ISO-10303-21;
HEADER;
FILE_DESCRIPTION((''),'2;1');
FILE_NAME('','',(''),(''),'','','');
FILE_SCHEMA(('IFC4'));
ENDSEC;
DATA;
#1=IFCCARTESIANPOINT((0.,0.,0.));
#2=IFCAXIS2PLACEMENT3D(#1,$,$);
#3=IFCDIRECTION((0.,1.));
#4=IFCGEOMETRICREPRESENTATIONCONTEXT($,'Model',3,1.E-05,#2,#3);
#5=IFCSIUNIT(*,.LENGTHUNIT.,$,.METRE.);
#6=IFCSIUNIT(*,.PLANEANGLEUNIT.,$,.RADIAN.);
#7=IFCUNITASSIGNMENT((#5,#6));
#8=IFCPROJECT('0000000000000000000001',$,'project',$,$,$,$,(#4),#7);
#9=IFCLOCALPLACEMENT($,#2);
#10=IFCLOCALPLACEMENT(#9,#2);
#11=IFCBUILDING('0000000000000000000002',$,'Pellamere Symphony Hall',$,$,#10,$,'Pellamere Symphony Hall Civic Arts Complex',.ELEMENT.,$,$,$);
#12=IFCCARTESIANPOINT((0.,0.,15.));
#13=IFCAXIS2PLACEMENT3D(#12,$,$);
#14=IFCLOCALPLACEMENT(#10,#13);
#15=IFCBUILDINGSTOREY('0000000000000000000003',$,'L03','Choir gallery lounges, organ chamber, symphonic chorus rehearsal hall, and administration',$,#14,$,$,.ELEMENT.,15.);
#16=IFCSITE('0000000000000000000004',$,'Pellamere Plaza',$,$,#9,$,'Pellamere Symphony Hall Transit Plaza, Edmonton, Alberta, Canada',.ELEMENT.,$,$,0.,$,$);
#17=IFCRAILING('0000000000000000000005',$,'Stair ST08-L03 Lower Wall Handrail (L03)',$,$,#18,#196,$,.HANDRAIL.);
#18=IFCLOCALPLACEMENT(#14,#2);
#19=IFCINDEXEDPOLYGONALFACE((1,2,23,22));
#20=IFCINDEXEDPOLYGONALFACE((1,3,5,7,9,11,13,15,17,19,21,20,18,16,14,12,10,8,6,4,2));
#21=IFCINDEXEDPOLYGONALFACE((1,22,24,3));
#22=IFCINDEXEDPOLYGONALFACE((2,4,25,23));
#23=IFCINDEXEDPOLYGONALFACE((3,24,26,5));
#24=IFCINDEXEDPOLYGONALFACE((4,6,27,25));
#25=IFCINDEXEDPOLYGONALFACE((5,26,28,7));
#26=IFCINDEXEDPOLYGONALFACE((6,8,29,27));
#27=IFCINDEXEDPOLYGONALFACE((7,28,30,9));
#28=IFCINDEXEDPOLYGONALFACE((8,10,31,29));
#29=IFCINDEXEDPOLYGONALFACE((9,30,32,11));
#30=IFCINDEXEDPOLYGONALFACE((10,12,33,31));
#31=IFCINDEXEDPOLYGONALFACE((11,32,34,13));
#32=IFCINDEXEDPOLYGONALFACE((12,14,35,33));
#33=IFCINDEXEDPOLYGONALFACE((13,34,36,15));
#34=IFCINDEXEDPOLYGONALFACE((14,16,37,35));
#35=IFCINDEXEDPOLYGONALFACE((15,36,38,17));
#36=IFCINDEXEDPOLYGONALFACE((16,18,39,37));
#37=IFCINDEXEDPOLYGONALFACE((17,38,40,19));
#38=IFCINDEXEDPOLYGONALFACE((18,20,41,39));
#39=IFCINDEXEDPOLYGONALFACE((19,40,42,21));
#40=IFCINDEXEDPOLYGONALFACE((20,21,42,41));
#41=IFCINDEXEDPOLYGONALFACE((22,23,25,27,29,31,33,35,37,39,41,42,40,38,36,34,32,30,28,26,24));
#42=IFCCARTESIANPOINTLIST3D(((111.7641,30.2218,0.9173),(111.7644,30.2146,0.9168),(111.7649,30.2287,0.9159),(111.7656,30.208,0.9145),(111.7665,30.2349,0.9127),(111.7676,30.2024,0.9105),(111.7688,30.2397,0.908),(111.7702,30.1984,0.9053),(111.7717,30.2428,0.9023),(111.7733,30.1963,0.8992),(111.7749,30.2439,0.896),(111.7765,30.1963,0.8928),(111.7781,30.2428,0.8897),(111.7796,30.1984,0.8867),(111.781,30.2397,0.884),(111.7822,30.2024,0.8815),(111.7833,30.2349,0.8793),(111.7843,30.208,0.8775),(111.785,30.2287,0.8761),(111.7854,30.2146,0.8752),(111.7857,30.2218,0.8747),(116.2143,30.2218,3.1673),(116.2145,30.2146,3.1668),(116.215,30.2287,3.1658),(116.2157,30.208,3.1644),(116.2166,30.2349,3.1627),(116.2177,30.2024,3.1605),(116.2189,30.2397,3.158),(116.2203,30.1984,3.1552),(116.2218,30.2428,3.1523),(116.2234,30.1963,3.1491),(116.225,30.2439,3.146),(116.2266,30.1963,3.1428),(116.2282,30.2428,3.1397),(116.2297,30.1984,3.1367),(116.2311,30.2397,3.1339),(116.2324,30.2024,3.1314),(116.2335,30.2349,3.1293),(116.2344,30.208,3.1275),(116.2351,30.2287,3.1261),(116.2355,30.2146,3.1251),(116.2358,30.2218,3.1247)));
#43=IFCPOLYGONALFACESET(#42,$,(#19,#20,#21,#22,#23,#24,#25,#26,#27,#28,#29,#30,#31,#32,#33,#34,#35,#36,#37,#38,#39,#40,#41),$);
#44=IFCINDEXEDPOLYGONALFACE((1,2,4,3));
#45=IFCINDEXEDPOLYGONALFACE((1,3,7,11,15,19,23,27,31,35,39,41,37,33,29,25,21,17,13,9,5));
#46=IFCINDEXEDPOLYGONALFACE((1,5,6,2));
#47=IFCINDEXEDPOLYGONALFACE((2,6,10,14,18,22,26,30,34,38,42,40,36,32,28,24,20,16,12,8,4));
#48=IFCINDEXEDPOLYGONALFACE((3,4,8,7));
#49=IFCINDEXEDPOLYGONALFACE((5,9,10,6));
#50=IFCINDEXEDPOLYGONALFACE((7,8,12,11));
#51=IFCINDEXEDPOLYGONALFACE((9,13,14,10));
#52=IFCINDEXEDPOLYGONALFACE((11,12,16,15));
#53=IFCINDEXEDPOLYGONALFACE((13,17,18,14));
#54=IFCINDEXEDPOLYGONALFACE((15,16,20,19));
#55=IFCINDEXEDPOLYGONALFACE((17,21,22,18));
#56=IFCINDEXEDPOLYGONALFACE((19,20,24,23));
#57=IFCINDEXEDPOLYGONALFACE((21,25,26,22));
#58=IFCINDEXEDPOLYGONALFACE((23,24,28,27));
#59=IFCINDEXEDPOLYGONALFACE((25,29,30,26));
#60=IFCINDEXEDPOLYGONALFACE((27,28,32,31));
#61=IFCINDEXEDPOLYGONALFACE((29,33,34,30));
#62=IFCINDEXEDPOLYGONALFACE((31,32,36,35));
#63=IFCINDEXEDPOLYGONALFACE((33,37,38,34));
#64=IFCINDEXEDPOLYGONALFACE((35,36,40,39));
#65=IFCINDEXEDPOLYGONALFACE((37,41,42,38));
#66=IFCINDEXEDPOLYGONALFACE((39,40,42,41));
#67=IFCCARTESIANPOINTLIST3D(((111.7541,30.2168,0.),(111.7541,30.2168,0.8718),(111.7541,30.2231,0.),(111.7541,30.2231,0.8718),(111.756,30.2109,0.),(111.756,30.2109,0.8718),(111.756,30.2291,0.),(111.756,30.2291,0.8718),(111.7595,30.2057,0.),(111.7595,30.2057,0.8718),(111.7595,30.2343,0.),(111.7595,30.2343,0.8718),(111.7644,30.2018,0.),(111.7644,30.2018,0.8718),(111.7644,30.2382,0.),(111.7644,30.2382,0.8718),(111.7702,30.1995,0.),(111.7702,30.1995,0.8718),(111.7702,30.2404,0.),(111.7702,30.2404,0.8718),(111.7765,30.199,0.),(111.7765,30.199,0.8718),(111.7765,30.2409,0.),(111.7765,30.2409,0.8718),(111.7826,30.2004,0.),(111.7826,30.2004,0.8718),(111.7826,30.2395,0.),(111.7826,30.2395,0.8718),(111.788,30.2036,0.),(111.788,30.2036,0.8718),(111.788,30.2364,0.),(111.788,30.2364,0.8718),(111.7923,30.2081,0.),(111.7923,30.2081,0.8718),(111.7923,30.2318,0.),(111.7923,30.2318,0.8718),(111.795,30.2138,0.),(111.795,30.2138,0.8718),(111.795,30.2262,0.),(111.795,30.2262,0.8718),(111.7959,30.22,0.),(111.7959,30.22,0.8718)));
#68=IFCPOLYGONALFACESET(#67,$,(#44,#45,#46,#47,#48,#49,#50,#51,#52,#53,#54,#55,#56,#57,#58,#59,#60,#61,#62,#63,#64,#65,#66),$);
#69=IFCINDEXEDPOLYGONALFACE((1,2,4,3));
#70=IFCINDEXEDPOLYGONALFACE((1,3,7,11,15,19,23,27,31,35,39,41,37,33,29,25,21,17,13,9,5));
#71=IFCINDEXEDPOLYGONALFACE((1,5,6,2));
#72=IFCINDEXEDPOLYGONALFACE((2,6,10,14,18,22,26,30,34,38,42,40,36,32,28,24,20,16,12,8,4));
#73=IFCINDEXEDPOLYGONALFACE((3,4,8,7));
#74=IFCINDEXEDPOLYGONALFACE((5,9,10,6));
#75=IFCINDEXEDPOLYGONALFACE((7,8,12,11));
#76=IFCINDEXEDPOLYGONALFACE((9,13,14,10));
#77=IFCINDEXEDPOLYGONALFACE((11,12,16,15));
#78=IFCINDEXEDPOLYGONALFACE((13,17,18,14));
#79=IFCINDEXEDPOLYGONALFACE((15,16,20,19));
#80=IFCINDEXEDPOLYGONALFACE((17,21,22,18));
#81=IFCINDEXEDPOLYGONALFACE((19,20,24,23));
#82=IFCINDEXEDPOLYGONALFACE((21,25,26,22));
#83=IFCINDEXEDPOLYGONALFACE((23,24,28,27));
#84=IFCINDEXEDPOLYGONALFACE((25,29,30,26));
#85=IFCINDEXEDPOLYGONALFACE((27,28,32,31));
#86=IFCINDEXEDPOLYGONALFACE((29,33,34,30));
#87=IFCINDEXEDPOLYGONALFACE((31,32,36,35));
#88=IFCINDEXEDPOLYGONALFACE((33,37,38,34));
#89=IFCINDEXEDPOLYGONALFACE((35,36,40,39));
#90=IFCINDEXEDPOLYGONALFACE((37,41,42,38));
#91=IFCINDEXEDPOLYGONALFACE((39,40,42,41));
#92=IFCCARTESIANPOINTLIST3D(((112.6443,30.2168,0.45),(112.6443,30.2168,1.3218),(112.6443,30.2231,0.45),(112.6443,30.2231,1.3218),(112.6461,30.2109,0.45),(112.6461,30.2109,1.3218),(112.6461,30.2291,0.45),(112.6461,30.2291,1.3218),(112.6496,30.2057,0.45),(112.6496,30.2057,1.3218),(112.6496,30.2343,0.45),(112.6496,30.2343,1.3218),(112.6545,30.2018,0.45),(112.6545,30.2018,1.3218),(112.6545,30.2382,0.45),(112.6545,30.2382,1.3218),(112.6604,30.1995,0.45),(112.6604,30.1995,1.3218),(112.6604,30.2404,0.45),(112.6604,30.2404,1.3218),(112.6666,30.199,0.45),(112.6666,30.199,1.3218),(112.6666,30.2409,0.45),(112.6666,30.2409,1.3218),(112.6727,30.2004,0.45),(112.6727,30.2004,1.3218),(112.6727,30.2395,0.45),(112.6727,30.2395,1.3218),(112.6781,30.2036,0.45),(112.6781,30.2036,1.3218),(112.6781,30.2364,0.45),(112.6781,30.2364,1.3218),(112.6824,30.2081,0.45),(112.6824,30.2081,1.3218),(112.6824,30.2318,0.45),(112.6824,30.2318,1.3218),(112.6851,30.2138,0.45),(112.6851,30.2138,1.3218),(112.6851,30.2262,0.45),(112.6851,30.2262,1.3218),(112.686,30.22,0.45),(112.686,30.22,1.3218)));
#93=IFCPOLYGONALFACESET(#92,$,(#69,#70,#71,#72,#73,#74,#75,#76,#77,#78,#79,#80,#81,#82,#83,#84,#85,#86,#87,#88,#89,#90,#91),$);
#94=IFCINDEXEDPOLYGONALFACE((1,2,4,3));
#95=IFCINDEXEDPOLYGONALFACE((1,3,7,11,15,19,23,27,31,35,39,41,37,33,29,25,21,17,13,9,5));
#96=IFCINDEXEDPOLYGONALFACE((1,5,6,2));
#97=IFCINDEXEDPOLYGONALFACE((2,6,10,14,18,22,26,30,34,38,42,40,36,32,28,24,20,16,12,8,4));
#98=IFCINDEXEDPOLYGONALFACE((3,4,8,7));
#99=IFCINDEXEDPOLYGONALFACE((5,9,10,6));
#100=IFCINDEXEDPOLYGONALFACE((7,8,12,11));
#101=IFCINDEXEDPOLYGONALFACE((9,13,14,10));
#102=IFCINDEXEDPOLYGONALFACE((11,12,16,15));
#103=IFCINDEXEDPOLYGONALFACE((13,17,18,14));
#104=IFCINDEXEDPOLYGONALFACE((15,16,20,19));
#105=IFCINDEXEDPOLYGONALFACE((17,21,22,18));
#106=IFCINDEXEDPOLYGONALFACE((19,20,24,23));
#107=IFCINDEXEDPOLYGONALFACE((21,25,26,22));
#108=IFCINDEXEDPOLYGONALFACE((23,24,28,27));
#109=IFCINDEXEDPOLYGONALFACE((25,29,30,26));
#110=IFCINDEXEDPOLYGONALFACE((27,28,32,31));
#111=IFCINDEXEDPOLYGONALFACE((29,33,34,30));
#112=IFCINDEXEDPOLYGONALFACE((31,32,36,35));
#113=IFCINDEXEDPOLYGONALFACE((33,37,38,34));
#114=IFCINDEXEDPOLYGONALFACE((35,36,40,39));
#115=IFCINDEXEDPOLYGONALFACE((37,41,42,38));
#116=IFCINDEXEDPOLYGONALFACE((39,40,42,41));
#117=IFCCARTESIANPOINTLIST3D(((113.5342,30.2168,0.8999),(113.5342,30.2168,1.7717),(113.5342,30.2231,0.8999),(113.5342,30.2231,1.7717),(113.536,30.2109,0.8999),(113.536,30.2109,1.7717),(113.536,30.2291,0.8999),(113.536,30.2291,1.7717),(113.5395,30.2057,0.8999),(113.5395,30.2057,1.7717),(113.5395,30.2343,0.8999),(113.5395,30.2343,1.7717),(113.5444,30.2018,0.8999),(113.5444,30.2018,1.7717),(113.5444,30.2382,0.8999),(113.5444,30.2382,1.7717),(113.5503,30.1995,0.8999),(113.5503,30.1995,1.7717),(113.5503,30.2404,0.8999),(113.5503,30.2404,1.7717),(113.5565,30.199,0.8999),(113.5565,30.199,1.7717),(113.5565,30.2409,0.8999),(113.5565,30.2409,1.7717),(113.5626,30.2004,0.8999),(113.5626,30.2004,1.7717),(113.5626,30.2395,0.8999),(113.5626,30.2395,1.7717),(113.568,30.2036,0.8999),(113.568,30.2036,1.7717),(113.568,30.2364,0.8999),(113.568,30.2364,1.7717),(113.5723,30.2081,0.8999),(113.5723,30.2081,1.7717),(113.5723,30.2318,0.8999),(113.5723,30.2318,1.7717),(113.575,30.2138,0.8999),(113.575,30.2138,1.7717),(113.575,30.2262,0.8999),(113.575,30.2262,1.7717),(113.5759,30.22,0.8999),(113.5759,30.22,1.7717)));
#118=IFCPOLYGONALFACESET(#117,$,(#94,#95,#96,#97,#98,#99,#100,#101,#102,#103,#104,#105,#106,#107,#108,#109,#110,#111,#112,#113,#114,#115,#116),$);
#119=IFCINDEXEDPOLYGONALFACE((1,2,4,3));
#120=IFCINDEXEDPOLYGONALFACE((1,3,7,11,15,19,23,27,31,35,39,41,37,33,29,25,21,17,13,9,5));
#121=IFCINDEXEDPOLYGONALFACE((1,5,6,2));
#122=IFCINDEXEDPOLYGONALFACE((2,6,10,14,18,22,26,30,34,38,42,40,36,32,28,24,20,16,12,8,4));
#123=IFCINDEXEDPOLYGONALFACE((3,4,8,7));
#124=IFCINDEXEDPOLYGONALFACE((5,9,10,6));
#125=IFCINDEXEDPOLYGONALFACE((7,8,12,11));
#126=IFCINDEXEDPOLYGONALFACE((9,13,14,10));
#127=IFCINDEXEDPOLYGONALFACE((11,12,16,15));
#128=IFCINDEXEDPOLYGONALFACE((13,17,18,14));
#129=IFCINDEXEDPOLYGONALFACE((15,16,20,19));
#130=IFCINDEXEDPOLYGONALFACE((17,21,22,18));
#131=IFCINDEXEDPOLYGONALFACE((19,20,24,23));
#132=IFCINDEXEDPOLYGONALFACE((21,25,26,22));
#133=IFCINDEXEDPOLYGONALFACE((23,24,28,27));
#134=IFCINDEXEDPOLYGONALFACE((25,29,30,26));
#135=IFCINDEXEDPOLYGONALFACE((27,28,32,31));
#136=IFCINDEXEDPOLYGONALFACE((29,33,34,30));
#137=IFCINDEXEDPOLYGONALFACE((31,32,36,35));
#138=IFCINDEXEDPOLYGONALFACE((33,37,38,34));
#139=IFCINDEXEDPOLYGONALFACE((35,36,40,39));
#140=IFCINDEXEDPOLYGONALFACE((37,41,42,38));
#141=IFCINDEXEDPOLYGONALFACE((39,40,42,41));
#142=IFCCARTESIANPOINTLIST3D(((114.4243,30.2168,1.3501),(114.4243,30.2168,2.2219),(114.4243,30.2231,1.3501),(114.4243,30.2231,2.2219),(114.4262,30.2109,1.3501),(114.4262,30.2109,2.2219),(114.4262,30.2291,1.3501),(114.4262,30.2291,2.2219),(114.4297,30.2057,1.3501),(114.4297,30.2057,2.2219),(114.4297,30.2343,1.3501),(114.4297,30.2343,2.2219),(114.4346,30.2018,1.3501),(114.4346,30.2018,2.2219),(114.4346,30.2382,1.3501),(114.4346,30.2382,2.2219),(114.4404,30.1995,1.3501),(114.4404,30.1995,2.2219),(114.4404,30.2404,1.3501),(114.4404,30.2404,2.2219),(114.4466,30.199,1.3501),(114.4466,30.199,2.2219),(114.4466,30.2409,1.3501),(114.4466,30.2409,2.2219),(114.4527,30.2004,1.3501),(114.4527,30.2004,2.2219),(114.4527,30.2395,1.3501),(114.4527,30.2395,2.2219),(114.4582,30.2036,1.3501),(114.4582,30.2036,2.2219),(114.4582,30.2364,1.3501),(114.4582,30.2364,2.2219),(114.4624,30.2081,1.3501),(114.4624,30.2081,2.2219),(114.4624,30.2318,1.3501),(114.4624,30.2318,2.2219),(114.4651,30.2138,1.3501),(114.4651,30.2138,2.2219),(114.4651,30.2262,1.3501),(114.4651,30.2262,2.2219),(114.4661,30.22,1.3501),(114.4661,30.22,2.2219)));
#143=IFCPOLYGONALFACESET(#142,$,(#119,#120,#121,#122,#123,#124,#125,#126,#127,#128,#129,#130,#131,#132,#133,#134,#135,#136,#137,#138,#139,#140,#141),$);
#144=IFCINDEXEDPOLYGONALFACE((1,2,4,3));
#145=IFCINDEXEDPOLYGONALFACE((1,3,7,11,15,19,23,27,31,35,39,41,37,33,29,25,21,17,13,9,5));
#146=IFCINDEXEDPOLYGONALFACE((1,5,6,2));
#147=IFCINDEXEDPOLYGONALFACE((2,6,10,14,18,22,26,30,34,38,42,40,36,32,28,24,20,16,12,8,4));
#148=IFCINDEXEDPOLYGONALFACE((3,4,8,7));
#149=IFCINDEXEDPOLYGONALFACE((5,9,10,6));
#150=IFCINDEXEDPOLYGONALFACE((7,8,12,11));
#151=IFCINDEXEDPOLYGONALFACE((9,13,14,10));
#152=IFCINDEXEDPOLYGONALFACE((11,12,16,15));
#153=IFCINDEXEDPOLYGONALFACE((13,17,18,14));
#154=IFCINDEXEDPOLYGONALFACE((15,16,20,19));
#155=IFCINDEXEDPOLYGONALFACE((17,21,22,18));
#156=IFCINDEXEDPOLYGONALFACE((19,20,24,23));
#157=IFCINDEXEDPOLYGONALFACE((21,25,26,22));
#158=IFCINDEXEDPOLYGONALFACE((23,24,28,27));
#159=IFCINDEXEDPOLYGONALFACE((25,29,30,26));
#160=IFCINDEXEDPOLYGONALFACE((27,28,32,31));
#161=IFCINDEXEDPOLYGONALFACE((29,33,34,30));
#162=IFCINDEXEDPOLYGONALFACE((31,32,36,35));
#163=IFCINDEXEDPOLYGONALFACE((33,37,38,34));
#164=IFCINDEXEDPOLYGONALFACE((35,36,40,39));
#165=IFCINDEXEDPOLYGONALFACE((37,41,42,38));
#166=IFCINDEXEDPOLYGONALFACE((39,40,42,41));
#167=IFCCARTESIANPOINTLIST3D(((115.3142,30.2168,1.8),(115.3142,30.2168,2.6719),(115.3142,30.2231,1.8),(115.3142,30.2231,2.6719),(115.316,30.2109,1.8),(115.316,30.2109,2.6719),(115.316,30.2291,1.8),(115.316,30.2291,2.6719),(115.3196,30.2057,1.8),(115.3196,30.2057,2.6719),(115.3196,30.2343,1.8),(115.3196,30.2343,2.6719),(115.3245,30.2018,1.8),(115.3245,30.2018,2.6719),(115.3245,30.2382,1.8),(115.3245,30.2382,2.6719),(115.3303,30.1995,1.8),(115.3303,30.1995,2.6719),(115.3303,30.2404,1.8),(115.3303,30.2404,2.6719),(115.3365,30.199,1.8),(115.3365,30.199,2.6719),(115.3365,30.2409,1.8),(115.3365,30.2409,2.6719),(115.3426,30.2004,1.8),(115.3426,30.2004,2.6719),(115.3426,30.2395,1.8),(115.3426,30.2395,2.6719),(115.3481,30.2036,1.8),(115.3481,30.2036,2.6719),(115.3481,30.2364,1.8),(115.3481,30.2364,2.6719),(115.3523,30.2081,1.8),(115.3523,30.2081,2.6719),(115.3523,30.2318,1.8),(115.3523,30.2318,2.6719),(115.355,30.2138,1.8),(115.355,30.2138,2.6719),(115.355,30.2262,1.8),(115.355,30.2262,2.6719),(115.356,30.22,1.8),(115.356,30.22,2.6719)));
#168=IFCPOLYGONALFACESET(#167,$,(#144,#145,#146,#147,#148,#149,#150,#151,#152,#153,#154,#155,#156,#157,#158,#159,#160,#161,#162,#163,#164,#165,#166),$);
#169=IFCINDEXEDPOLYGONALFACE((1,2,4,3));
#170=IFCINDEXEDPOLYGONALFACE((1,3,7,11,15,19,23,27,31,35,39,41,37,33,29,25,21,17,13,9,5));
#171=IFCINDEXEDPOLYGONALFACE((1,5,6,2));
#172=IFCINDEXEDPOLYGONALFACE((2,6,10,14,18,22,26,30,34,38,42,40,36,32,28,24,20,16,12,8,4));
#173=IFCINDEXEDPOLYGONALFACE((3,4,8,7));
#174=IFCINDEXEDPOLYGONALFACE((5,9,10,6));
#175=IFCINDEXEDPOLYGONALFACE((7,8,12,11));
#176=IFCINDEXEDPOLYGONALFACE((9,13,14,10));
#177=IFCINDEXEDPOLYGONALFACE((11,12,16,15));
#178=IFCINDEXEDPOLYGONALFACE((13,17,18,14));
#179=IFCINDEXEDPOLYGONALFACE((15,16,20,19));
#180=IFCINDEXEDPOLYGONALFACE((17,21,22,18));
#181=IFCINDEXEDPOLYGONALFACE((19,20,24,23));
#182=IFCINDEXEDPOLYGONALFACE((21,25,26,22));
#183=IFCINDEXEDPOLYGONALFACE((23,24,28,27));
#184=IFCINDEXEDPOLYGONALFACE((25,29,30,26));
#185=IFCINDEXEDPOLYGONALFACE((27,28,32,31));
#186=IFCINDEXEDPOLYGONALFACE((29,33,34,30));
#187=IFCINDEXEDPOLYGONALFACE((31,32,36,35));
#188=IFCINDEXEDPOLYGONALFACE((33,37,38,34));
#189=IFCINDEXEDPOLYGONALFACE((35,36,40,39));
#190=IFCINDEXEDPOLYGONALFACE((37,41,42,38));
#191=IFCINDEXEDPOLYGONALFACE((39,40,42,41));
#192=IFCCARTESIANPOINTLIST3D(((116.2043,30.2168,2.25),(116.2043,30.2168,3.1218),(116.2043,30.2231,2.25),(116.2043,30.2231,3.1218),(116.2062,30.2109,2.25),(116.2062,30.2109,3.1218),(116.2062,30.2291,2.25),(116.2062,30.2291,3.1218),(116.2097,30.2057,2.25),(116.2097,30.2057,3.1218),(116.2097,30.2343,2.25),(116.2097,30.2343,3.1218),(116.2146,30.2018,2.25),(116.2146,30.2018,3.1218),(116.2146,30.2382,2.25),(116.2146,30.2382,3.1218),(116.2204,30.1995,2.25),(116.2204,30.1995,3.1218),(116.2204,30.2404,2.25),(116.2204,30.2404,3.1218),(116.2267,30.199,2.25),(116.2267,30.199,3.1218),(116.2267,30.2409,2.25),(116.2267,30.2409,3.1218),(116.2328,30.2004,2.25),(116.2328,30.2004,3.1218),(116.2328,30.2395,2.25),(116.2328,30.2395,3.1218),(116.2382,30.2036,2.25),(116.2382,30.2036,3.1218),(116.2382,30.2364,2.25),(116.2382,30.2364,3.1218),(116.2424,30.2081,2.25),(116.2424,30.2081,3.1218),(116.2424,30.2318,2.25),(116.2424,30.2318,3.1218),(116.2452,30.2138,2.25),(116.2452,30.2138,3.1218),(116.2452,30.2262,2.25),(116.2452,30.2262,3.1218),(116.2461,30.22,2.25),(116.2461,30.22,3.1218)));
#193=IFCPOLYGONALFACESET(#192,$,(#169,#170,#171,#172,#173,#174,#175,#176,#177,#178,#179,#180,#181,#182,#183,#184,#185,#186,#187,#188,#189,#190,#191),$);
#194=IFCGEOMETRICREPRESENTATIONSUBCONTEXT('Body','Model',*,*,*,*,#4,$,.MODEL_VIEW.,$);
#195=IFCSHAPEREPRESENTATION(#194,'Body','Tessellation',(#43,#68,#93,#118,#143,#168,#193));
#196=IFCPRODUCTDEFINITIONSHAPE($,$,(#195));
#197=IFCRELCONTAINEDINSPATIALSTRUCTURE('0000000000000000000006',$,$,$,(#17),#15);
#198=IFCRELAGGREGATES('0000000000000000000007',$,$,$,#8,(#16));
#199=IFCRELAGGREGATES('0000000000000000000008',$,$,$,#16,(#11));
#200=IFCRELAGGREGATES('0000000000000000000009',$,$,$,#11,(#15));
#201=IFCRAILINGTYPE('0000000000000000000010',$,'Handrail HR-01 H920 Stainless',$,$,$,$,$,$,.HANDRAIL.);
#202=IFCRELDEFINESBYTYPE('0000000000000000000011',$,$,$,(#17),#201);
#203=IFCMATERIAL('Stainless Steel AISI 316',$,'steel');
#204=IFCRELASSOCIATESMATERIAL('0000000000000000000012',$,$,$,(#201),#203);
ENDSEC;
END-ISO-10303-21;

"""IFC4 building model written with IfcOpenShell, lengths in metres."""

from ifc_helpers import new_model, si_unit, direction, frame, origin, origin_2d, place, context, subcontext, project, spatial, circle, extrude, material, type_object, element, save


model = new_model("IFC4")

# Units and contexts
model_context = context("Model", 3, precision=1e-05, world=origin(), true_north=direction((0.0, 1.0)))
body_context = subcontext(model_context, "Body", "Model", "MODEL_VIEW")
ifc_project = project(units=[si_unit("LENGTHUNIT", "METRE"), si_unit("PLANEANGLEUNIT", "RADIAN")], contexts=[model_context])

# Site, building, storey
site_placement = place(None, origin())
site = spatial("IfcSite", under=ifc_project, at=site_placement, Name="Pellamere Plaza", LongName="Pellamere Symphony Hall Transit Plaza, Edmonton, Alberta, Canada", CompositionType="ELEMENT", RefElevation=0.0)
building_placement = place(site_placement, origin())
building = spatial("IfcBuilding", under=site, at=building_placement, Name="Pellamere Symphony Hall", LongName="Pellamere Symphony Hall Civic Arts Complex", CompositionType="ELEMENT")
storey_placement = place(building_placement, frame((0.0, 0.0, 15.0)))
storey = spatial("IfcBuildingStorey", under=building, at=storey_placement, Name="L03", Description="Choir gallery lounges, organ chamber, symphonic chorus rehearsal hall, and administration", CompositionType="ELEMENT", Elevation=15.0)

# Railing
ifc_material_1 = material(Name="Stainless Steel AISI 316", Category="steel")
railing_type_1 = type_object("IfcRailingType", Name="Handrail HR-01 H920 Stainless", PredefinedType="HANDRAIL", material=ifc_material_1)
railing_1_placement = place(storey_placement, frame((111.7749, 30.22, 0.0)))
element("IfcRailing", 1, at=railing_1_placement, inside=storey, type_object=railing_type_1, Name="Stair ST08-L03 Lower Wall Handrail (L03)", PredefinedType="HANDRAIL", context=body_context, shape_type="SweptSolid", body=[
    extrude(circle(Radius=0.0239, at=origin_2d()), frame((0.0, 0.0, 0.896), z_axis=(0.892421, 0.0, 0.451204), x_axis=(0.0, 1.0, 0.0)), (0.0, 0.0, 1.0), 4.9866),
    extrude(circle(Radius=0.021, at=origin_2d()), origin(), (0.0, 0.0, 1.0), 0.8718),
    extrude(circle(Radius=0.021, at=origin_2d()), frame((0.8901, 0.0, 0.45)), (0.0, 0.0, 1.0), 0.8718),
    extrude(circle(Radius=0.021, at=origin_2d()), frame((1.78, 0.0, 0.8999)), (0.0, 0.0, 1.0), 0.8718),
    extrude(circle(Radius=0.021, at=origin_2d()), frame((2.6702, 0.0, 1.3501)), (0.0, 0.0, 1.0), 0.8718),
    extrude(circle(Radius=0.021, at=origin_2d()), frame((3.5601, 0.0, 1.8)), (0.0, 0.0, 1.0), 0.8718),
    extrude(circle(Radius=0.021, at=origin_2d()), frame((4.4502, 0.0, 2.25)), (0.0, 0.0, 1.0), 0.8718),
])

save(model, "model.ifc")
